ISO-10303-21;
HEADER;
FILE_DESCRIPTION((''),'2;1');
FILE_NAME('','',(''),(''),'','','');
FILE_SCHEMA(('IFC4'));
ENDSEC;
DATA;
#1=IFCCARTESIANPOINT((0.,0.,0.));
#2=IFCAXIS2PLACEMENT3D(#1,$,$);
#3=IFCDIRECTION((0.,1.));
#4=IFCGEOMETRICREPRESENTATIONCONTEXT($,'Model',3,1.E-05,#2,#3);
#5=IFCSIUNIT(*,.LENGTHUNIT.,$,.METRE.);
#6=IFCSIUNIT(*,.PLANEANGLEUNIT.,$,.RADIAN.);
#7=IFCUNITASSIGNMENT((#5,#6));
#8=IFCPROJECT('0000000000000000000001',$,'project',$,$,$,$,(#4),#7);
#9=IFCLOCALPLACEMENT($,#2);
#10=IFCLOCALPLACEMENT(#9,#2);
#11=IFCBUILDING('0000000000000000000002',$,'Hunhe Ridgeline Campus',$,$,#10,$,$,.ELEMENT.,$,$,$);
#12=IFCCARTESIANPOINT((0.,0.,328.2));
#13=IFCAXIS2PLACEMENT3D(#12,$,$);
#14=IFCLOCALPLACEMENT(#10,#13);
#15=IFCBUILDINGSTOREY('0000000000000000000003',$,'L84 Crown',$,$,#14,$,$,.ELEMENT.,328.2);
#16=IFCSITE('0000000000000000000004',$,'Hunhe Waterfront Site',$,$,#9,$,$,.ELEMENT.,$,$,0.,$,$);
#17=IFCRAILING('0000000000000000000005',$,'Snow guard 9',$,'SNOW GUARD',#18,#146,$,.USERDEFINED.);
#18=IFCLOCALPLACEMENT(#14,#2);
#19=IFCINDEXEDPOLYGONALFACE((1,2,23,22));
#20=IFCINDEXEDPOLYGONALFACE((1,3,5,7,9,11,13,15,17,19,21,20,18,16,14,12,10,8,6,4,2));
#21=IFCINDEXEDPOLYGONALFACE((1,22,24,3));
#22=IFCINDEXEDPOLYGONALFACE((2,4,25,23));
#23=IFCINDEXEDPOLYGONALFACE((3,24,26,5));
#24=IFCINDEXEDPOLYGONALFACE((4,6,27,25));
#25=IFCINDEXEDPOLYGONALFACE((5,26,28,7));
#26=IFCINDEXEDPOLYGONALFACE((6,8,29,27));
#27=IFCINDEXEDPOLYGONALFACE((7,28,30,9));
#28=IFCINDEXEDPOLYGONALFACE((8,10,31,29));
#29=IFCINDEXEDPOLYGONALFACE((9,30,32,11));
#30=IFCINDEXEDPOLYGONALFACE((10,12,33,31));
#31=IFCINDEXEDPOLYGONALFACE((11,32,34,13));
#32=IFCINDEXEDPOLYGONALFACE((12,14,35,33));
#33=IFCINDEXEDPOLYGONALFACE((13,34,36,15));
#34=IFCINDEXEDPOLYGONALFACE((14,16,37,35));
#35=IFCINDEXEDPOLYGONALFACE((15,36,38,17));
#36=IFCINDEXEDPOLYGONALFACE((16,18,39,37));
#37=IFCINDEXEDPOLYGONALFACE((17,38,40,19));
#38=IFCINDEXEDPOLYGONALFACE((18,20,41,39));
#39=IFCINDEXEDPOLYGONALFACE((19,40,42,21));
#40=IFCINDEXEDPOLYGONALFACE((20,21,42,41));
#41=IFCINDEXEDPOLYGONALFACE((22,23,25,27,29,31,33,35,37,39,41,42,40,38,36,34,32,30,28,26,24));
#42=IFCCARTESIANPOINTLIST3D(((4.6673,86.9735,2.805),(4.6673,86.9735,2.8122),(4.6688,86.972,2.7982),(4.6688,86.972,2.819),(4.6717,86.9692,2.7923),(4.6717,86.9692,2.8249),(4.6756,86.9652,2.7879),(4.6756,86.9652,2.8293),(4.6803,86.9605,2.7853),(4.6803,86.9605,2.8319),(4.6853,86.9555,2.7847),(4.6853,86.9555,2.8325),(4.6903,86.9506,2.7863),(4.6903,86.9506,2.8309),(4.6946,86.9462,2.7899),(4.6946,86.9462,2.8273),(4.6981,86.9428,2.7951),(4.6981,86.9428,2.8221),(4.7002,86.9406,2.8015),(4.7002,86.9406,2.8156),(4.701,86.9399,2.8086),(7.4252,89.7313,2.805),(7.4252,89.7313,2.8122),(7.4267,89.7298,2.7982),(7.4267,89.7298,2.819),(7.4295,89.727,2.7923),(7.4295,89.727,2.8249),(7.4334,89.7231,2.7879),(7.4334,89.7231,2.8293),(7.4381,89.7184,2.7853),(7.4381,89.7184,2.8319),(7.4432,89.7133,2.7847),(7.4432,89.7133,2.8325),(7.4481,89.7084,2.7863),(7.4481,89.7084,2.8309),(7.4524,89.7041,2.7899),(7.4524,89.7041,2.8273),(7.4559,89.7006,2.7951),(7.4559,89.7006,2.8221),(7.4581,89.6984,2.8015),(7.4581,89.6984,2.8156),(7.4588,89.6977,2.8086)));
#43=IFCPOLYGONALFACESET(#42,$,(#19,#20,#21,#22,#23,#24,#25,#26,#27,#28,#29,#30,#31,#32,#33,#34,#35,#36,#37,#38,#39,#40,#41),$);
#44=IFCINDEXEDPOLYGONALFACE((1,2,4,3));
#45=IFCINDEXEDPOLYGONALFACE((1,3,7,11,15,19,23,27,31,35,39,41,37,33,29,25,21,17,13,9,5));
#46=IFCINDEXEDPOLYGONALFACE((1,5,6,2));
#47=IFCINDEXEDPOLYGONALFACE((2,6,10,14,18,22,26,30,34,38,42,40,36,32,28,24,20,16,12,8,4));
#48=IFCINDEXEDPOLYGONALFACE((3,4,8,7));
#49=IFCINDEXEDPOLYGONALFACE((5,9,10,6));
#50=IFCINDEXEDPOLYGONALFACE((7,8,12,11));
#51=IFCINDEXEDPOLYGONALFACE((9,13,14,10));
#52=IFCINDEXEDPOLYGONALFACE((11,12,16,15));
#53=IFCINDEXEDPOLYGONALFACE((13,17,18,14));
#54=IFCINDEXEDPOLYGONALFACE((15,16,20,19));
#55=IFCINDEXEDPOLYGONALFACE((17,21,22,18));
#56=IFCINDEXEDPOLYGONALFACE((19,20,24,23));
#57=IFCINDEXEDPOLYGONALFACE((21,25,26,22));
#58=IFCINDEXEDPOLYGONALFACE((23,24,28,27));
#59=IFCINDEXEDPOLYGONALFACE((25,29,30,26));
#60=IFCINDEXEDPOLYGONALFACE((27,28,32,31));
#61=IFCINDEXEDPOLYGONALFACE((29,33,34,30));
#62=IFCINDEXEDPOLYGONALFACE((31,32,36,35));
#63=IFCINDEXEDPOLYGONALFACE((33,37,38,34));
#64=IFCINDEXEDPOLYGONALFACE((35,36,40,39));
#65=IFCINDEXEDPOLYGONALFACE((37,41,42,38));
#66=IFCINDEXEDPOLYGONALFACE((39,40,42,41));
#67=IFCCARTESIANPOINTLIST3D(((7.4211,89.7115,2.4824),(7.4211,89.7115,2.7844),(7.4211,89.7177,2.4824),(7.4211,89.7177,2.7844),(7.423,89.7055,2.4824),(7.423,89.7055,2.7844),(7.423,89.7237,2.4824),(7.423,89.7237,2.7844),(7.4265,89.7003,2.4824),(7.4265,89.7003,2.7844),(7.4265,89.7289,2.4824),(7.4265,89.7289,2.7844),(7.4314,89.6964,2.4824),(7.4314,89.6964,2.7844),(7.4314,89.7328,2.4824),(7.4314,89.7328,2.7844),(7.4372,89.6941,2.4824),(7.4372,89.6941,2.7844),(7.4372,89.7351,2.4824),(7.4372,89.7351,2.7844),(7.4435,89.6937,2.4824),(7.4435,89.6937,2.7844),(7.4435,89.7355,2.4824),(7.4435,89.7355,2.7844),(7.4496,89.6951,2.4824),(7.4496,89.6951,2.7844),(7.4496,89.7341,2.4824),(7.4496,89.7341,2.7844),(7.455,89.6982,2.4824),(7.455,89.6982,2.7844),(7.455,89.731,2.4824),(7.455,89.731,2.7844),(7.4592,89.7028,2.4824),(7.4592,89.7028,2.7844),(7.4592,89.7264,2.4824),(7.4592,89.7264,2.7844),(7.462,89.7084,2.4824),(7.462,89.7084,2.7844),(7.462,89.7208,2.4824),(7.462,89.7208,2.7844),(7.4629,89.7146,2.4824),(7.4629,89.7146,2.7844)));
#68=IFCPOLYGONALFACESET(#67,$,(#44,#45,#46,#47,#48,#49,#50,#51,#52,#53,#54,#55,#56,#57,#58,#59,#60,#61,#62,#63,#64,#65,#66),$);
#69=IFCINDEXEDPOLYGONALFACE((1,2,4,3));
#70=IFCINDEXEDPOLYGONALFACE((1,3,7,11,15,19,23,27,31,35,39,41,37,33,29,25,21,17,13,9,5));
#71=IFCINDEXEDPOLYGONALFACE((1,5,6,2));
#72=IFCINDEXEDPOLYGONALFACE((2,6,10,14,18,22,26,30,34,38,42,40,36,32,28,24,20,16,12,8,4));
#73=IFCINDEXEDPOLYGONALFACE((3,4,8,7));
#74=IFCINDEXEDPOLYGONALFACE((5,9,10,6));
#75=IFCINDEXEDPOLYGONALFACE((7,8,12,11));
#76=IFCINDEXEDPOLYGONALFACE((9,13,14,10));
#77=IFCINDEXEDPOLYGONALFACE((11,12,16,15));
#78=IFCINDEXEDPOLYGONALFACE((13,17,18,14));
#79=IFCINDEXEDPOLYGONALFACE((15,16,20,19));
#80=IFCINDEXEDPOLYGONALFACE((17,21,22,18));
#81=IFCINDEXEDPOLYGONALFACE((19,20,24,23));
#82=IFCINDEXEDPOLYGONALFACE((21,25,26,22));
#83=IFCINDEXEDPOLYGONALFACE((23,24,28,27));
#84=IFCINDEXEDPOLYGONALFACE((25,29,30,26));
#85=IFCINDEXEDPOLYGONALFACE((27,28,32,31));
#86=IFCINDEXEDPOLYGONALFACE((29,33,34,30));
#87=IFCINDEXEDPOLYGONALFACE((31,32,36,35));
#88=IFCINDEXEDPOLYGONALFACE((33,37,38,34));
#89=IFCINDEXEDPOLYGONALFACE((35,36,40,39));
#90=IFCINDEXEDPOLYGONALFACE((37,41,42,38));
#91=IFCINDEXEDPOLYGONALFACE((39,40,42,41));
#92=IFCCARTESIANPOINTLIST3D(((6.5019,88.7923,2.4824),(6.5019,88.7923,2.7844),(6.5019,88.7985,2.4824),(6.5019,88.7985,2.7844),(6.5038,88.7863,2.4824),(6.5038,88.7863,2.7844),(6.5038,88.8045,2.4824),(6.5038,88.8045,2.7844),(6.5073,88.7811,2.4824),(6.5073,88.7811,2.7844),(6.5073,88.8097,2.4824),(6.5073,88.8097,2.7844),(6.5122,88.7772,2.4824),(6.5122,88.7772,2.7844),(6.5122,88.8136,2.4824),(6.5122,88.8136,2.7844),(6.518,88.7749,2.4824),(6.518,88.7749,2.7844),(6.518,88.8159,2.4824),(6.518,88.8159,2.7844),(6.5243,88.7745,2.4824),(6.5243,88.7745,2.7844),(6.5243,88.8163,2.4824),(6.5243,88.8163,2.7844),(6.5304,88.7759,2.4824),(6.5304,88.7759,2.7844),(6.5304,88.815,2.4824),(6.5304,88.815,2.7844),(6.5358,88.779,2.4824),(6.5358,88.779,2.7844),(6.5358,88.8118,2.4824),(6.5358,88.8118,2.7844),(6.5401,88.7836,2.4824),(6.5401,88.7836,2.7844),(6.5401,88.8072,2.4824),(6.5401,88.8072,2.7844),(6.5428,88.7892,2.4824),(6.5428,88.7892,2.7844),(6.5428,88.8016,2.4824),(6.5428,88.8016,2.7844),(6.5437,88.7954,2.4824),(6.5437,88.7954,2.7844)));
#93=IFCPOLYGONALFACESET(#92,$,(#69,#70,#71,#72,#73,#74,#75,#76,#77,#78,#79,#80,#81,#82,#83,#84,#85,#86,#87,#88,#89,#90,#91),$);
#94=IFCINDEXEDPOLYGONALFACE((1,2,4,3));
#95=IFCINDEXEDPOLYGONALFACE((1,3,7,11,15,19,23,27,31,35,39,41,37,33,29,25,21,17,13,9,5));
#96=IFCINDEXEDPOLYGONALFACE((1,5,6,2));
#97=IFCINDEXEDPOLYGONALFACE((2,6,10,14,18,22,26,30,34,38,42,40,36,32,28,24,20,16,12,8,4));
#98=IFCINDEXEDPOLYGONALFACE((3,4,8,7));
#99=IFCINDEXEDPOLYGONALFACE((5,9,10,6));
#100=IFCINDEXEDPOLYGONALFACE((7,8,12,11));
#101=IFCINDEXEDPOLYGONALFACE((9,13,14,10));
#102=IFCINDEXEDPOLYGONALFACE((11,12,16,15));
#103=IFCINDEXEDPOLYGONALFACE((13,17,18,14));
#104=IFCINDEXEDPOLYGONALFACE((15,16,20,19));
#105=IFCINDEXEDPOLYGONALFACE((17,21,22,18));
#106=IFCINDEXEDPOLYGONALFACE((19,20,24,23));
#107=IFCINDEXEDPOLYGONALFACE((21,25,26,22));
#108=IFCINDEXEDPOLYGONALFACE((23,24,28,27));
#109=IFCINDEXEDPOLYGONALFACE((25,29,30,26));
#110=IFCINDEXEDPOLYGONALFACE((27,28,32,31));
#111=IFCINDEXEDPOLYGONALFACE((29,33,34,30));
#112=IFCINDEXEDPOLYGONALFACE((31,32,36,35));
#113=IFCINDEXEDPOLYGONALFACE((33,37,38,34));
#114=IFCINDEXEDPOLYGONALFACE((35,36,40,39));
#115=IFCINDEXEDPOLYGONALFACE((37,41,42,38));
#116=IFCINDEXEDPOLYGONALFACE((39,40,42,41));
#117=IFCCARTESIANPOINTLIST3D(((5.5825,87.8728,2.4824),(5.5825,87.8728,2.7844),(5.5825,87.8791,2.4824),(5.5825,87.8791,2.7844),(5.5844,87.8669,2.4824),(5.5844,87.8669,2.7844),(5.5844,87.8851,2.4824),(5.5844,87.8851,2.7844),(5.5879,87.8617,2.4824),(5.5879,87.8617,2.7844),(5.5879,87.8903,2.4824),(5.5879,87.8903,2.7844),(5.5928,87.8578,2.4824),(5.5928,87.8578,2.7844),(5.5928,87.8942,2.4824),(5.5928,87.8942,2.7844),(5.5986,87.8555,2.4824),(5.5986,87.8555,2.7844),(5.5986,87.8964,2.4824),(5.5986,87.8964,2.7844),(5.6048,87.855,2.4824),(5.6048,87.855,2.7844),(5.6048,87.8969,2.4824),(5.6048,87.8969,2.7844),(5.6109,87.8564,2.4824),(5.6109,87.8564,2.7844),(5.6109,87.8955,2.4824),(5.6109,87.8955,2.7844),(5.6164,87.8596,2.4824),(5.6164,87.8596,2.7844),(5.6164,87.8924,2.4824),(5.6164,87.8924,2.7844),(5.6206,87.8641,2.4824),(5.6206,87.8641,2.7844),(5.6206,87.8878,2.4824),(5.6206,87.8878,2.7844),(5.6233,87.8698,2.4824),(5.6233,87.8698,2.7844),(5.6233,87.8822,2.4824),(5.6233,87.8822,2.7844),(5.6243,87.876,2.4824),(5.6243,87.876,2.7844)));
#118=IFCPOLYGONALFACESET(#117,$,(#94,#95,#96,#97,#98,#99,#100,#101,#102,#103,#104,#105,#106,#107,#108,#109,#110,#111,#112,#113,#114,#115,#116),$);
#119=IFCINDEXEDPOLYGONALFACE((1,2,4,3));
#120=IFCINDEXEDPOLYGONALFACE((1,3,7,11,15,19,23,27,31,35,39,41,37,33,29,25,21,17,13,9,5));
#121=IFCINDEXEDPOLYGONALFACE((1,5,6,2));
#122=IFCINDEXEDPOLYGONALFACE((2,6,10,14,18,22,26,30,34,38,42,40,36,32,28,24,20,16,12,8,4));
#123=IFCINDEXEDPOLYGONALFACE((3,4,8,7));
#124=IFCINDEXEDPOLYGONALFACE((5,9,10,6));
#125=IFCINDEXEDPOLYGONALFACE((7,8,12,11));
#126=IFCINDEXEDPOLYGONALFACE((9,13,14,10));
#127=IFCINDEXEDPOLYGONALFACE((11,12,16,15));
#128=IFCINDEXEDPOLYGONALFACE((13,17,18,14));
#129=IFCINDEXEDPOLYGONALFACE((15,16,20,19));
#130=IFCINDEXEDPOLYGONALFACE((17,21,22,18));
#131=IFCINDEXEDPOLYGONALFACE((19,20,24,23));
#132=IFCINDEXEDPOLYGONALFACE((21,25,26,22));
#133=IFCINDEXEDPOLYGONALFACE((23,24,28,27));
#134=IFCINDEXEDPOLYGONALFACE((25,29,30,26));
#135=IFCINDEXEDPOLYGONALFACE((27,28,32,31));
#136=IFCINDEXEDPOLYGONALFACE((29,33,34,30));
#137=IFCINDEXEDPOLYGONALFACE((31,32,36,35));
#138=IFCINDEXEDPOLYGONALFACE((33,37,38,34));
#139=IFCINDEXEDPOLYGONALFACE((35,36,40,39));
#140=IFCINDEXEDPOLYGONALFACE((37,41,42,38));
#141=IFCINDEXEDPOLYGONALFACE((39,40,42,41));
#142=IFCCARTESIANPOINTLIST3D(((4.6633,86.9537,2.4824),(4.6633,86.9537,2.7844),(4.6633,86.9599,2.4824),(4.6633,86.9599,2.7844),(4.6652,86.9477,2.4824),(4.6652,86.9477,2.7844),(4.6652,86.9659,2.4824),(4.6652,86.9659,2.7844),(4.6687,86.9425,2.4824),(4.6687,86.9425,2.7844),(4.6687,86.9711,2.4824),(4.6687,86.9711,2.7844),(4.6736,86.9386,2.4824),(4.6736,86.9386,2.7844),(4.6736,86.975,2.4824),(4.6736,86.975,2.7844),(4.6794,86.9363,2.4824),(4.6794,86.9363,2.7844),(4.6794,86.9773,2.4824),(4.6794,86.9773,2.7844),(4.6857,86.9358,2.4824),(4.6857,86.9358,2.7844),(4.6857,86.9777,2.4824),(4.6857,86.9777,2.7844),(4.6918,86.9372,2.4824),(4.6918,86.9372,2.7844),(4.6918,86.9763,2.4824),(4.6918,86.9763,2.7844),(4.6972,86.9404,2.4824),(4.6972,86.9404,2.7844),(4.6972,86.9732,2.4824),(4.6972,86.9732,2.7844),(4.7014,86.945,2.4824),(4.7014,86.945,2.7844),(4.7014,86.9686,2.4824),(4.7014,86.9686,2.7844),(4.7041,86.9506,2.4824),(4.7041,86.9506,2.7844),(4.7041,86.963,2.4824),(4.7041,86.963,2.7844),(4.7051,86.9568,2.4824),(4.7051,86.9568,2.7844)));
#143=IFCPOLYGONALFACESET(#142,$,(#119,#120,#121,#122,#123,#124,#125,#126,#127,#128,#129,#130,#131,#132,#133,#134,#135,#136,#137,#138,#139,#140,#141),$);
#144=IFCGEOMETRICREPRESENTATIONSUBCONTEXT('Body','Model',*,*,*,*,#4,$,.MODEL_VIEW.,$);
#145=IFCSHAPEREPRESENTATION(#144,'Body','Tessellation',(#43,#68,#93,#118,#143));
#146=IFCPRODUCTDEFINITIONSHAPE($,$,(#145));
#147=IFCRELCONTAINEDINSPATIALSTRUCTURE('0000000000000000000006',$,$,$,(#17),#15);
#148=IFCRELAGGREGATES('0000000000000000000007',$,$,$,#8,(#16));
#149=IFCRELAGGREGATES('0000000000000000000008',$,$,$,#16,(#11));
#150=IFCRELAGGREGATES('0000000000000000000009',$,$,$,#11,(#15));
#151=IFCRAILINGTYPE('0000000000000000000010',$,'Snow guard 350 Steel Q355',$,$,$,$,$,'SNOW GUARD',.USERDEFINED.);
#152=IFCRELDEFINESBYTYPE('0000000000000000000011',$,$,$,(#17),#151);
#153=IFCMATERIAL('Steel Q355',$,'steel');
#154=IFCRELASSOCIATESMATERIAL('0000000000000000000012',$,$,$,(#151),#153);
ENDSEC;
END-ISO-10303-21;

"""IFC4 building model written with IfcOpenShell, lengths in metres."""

from ifc_helpers import new_model, si_unit, direction, frame, origin, origin_2d, place, context, subcontext, project, spatial, circle, extrude, material, type_object, element, save


model = new_model("IFC4")

# Units and contexts
model_context = context("Model", 3, precision=1e-05, world=origin(), true_north=direction((0.0, 1.0)))
body_context = subcontext(model_context, "Body", "Model", "MODEL_VIEW")
ifc_project = project(units=[si_unit("LENGTHUNIT", "METRE"), si_unit("PLANEANGLEUNIT", "RADIAN")], contexts=[model_context])

# Site, building, storey
site_placement = place(None, origin())
site = spatial("IfcSite", under=ifc_project, at=site_placement, Name="Hunhe Waterfront Site", CompositionType="ELEMENT", RefElevation=0.0)
building_placement = place(site_placement, origin())
building = spatial("IfcBuilding", under=site, at=building_placement, Name="Hunhe Ridgeline Campus", CompositionType="ELEMENT")
storey_placement = place(building_placement, frame((0.0, 0.0, 328.2)))
storey = spatial("IfcBuildingStorey", under=building, at=storey_placement, Name="L84 Crown", CompositionType="ELEMENT", Elevation=328.2)

# Railing
ifc_material_1 = material(Name="Steel Q355", Category="steel")
railing_type = type_object("IfcRailingType", Name="Snow guard 350 Steel Q355", ElementType="SNOW GUARD", PredefinedType="USERDEFINED", material=ifc_material_1)
railing_placement = place(storey_placement, frame((7.4419, 89.7146, 2.4824)))
element("IfcRailing", 1, at=railing_placement, inside=storey, type_object=railing_type, Name="Snow guard 9", ObjectType="SNOW GUARD", PredefinedType="USERDEFINED", context=body_context, shape_type="SweptSolid", body=[
    extrude(circle(Radius=0.0239, at=origin_2d()), frame((0.0, 0.0, 0.3262), z_axis=(-0.707107, -0.707107, 0.0), x_axis=(0.707107, -0.707107, 0.0)), (0.0, 0.0, 1.0), 3.9001),
    extrude(circle(Radius=0.021, at=origin_2d()), origin(), (0.0, 0.0, 1.0), 0.302),
    extrude(circle(Radius=0.021, at=origin_2d()), frame((-0.9192, -0.9192, 0.0)), (0.0, 0.0, 1.0), 0.302),
    extrude(circle(Radius=0.021, at=origin_2d()), frame((-1.8386, -1.8386, 0.0)), (0.0, 0.0, 1.0), 0.302),
    extrude(circle(Radius=0.021, at=origin_2d()), frame((-2.7578, -2.7578, 0.0)), (0.0, 0.0, 1.0), 0.302),
])

save(model, "model.ifc")
